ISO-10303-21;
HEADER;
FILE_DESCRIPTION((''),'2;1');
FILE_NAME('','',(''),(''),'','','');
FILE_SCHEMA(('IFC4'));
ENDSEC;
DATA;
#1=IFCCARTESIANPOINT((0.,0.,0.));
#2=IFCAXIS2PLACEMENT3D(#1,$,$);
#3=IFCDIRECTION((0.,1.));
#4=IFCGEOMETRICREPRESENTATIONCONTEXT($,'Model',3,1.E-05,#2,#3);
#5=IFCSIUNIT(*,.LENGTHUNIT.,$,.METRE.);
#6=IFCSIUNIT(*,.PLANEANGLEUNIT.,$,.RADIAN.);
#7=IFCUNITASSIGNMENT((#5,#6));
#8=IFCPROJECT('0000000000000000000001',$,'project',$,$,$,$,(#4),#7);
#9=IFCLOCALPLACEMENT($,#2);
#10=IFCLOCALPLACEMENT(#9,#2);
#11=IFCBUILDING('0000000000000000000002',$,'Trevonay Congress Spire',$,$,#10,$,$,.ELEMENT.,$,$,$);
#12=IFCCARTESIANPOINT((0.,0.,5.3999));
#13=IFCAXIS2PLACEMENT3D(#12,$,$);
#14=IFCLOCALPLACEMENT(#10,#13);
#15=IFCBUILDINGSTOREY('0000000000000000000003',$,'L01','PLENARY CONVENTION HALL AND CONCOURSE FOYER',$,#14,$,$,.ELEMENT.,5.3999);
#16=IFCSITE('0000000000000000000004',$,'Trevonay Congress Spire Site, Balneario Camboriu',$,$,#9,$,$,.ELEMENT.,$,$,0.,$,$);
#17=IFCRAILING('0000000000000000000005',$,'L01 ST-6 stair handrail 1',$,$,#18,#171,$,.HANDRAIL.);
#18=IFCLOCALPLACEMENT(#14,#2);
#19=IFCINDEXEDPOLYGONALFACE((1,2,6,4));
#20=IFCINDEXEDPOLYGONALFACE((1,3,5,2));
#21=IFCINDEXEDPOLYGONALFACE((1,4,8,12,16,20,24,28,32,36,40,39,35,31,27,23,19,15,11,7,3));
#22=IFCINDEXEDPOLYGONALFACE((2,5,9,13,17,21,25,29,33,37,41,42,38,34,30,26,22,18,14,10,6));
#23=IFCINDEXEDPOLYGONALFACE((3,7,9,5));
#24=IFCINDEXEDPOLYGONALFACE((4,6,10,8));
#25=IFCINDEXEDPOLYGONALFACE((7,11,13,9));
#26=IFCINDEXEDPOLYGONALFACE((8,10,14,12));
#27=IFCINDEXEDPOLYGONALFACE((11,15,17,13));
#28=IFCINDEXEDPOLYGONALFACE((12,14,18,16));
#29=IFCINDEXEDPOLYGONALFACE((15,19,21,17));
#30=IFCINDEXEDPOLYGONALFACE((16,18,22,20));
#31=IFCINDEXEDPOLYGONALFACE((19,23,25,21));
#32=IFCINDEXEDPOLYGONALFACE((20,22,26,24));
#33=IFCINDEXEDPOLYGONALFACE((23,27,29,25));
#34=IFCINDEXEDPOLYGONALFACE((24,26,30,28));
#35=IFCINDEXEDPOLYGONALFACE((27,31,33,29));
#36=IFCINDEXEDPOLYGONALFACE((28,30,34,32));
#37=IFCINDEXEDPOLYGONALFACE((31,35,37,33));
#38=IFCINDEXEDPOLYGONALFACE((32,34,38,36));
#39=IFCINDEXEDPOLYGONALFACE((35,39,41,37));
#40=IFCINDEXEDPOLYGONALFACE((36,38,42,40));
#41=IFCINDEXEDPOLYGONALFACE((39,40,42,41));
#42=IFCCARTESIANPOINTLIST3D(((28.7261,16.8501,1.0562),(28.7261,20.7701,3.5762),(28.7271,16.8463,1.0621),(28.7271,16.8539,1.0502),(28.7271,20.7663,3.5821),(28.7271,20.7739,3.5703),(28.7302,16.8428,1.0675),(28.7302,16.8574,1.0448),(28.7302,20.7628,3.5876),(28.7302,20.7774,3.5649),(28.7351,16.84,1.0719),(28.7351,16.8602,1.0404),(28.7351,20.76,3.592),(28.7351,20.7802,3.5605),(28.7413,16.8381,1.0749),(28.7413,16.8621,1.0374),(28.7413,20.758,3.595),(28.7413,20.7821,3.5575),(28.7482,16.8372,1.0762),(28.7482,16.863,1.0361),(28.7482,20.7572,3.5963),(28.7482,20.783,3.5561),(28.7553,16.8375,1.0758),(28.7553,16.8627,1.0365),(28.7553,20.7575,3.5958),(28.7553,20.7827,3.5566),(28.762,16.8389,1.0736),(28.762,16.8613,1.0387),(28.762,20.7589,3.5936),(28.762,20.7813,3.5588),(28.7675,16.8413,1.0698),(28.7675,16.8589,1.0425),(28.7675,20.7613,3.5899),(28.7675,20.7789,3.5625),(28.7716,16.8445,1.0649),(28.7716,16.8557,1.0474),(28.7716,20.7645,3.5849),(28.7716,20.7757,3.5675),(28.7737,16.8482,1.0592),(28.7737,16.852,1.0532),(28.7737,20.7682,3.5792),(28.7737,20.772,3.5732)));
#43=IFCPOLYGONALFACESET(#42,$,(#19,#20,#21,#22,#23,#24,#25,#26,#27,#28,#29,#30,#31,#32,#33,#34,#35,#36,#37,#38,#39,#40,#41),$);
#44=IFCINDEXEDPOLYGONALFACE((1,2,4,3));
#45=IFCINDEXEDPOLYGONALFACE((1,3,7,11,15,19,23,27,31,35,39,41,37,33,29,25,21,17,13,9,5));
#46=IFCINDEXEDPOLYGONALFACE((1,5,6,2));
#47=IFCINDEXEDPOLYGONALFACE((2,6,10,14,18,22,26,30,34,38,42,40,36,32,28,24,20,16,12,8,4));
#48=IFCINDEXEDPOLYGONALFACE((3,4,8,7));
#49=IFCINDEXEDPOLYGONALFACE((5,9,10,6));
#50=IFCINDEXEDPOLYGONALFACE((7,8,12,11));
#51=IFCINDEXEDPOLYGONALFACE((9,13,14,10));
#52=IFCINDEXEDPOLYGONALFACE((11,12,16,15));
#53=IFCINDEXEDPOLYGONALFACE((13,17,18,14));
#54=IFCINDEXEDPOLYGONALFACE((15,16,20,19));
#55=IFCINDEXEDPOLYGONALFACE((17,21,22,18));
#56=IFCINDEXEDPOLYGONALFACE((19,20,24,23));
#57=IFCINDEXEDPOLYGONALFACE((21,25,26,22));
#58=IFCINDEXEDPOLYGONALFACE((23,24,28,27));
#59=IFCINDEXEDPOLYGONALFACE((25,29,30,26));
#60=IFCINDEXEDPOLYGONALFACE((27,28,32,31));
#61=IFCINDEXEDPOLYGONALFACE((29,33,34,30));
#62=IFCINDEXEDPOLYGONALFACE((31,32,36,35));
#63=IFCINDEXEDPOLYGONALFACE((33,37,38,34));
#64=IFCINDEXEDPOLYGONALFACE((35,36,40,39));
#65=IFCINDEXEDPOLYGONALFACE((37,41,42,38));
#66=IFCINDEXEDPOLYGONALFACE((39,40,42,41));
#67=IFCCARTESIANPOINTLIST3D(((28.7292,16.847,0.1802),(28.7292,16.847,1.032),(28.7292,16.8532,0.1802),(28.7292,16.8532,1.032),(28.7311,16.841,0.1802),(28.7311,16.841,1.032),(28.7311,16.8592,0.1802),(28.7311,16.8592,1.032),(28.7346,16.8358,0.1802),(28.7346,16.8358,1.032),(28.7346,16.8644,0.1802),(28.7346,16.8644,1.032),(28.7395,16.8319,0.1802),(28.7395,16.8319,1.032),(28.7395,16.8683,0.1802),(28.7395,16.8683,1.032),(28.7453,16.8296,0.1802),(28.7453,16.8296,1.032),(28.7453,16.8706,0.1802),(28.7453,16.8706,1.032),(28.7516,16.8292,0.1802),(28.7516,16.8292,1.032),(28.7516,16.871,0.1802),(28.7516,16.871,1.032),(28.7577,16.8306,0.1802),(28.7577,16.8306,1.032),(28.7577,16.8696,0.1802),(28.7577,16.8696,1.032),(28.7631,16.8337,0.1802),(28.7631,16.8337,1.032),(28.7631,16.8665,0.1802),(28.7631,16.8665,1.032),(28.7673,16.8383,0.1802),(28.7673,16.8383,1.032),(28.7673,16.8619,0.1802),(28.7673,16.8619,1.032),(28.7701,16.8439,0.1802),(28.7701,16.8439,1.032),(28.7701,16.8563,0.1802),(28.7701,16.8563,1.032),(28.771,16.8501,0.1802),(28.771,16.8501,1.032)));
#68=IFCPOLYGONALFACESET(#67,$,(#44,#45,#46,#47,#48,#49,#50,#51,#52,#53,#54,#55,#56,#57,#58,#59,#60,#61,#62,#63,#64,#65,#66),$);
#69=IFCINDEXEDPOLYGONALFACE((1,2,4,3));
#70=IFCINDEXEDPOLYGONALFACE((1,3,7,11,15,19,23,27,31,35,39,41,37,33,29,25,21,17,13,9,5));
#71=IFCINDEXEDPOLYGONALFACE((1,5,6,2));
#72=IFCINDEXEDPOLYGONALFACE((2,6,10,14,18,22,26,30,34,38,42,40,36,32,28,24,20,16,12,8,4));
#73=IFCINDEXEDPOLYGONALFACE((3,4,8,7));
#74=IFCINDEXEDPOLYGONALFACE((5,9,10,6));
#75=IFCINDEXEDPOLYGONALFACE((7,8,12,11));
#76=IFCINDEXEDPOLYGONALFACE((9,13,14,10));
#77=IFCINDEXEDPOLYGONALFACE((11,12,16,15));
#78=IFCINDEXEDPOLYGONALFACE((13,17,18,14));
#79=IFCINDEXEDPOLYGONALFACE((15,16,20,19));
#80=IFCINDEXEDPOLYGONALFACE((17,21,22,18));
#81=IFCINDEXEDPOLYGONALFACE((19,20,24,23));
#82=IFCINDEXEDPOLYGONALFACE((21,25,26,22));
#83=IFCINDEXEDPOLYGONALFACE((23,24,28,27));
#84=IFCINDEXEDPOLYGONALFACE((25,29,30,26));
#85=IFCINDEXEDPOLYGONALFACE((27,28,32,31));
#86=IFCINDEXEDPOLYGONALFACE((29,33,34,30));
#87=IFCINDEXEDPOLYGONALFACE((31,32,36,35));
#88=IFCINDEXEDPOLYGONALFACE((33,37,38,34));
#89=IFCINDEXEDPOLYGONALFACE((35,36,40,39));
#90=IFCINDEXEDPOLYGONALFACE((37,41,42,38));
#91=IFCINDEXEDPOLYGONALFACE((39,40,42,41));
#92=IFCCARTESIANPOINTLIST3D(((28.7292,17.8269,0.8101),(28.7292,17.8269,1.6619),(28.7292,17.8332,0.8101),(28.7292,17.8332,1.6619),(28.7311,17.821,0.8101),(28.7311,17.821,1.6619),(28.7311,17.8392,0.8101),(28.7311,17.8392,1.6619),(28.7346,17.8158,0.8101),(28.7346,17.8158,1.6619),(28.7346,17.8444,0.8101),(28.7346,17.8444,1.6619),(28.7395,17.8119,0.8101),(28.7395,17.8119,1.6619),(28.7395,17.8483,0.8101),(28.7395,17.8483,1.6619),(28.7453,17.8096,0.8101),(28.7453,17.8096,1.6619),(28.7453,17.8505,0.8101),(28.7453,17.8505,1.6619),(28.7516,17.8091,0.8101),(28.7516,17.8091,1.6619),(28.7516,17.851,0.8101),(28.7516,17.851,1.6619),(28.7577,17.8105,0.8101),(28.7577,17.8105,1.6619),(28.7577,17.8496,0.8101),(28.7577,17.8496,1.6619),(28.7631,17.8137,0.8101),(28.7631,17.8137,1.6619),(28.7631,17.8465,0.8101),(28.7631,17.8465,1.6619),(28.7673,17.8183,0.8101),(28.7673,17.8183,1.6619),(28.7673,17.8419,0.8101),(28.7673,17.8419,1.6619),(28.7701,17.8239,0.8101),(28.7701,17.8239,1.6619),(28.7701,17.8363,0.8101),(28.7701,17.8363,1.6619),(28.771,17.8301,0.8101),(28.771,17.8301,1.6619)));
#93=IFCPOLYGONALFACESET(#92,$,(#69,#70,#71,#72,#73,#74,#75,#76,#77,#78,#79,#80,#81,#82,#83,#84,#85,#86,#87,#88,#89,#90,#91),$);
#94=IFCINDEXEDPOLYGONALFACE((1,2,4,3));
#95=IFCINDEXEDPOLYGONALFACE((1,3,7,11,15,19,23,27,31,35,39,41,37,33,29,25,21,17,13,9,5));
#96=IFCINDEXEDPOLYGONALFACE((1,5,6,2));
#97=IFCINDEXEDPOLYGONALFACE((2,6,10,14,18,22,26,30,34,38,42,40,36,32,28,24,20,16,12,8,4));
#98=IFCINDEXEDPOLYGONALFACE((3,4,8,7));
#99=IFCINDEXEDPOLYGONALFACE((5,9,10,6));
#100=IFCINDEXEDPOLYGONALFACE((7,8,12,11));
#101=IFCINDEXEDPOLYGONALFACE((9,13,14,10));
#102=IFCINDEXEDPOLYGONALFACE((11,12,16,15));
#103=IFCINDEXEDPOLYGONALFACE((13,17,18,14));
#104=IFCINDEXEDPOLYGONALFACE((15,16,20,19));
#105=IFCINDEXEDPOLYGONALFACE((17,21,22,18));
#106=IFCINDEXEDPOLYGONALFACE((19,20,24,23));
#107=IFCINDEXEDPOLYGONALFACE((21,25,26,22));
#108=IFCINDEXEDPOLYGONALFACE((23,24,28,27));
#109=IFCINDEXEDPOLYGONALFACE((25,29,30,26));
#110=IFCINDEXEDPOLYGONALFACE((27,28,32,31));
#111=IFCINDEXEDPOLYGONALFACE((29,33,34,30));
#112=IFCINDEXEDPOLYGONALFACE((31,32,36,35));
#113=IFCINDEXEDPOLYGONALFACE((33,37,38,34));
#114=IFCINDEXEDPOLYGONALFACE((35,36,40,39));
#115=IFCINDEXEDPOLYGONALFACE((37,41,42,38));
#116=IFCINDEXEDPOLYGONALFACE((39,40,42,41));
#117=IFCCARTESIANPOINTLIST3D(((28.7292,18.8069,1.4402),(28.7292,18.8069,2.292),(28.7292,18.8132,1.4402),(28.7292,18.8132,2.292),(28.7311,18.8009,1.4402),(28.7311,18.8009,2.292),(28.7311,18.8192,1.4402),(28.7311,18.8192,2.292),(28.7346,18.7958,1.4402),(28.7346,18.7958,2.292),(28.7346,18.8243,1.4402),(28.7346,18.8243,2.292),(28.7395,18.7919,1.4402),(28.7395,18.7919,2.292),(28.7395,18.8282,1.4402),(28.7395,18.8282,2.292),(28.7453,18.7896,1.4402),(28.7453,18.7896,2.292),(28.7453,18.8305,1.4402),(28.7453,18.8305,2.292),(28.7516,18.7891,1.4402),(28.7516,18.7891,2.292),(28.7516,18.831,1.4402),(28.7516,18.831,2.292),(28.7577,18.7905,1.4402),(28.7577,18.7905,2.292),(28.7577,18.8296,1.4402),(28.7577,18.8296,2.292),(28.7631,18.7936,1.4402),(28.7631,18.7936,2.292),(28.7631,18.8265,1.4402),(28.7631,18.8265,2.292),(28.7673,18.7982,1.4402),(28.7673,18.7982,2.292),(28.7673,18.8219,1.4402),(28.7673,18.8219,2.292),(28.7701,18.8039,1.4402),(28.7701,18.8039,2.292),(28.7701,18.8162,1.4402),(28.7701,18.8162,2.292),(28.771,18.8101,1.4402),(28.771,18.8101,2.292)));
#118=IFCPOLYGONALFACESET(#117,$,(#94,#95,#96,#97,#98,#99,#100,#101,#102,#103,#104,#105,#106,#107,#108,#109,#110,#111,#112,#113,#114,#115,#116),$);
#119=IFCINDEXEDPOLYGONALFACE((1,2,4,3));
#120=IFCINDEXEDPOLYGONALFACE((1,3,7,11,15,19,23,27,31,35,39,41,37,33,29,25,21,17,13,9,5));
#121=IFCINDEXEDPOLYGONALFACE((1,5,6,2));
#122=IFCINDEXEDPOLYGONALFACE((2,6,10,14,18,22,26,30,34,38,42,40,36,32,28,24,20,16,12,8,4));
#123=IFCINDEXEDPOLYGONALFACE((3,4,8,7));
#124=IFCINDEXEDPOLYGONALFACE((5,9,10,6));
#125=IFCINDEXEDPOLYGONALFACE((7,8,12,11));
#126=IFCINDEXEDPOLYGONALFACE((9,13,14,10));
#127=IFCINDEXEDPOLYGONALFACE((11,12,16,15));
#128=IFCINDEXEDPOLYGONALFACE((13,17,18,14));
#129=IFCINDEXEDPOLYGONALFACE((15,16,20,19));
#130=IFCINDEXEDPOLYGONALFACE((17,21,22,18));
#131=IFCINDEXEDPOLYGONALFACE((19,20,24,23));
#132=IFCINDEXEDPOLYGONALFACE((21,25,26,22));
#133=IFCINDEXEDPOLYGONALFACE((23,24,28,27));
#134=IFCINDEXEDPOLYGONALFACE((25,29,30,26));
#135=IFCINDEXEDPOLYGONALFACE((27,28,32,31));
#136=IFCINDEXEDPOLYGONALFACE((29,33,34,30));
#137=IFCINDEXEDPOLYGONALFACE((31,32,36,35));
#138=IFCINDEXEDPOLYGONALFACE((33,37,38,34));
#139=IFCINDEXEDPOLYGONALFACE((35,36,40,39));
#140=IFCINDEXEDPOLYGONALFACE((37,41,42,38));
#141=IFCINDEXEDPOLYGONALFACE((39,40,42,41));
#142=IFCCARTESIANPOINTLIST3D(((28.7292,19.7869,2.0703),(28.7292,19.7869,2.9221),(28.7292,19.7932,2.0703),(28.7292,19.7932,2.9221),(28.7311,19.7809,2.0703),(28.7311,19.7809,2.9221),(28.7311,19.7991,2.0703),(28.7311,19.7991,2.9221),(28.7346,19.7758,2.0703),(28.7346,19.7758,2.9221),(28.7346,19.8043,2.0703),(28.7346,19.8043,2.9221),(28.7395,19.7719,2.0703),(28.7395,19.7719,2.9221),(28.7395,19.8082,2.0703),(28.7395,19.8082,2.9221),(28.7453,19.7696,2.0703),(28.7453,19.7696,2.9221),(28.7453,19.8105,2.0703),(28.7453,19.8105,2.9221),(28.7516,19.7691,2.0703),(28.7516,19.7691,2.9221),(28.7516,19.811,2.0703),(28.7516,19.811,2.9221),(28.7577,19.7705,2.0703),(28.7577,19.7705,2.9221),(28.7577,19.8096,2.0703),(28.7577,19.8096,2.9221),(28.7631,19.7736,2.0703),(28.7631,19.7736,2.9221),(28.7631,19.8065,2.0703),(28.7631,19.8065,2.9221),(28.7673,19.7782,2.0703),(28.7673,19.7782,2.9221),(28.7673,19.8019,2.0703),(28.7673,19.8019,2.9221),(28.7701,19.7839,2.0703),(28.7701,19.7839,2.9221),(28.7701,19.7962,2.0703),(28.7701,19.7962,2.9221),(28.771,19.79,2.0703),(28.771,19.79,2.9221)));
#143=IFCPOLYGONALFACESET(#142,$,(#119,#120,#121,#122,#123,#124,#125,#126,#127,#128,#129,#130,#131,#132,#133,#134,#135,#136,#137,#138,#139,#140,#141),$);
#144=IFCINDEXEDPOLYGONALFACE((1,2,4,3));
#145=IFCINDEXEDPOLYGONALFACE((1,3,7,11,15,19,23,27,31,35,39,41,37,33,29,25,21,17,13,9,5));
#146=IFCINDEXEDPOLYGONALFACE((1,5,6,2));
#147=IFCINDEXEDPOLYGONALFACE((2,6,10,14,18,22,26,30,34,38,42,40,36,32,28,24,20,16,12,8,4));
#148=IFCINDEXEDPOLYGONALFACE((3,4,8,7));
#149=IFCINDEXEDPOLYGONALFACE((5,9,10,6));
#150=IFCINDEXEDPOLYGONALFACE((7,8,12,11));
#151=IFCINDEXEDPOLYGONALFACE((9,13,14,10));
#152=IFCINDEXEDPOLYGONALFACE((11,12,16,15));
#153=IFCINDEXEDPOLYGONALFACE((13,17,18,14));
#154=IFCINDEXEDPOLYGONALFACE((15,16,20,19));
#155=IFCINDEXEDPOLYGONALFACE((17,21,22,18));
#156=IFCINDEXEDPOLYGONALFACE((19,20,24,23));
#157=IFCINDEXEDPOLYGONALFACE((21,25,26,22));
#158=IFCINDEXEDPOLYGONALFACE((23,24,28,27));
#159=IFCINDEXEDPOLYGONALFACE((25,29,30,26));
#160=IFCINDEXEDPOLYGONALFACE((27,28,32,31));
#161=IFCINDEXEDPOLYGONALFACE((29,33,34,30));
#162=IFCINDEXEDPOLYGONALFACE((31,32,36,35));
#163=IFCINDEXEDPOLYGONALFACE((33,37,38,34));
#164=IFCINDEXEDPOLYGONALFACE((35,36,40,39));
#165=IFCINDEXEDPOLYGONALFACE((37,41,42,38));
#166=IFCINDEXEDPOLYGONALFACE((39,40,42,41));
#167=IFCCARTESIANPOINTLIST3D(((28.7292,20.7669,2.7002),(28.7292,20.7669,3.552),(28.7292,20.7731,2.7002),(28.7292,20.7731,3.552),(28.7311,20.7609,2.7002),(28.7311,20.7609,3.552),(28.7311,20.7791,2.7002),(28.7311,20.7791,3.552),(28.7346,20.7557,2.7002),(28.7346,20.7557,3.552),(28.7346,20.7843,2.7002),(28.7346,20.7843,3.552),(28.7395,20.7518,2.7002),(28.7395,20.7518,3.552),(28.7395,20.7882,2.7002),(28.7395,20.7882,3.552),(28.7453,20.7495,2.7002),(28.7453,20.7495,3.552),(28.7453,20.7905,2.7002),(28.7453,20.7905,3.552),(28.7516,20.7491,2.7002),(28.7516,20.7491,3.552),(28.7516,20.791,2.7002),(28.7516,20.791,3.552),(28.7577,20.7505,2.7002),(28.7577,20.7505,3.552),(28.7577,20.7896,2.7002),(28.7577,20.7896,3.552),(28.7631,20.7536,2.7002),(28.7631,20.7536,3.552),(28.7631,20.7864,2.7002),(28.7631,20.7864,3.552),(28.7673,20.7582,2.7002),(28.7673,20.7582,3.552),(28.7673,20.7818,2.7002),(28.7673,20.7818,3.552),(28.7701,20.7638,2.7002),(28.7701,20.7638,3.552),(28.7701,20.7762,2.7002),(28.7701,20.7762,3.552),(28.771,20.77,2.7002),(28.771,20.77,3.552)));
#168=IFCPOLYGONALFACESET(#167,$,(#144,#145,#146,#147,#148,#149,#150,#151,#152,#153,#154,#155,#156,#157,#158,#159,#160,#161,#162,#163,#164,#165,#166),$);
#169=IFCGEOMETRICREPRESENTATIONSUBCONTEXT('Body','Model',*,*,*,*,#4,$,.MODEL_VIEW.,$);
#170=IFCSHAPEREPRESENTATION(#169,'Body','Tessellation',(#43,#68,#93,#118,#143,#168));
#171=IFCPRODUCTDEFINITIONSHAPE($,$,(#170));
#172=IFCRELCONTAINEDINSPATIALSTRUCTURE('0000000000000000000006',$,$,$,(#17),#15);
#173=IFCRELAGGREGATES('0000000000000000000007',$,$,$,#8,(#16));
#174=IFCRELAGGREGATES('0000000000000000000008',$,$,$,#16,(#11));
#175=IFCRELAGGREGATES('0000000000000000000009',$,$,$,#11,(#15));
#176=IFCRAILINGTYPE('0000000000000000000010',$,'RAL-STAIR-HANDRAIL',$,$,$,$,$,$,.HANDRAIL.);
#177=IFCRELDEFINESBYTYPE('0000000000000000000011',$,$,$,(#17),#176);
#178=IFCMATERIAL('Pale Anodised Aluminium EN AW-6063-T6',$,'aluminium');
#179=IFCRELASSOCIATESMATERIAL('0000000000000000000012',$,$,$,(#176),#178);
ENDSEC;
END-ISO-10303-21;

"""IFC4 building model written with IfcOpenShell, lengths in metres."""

from ifc_helpers import new_model, si_unit, direction, frame, origin, origin_2d, place, context, subcontext, project, spatial, circle, extrude, material, type_object, element, save


model = new_model("IFC4")

# Units and contexts
model_context = context("Model", 3, precision=1e-05, world=origin(), true_north=direction((0.0, 1.0)))
body_context = subcontext(model_context, "Body", "Model", "MODEL_VIEW")
ifc_project = project(units=[si_unit("LENGTHUNIT", "METRE"), si_unit("PLANEANGLEUNIT", "RADIAN")], contexts=[model_context])

# Site, building, storey
site_placement = place(None, origin())
site = spatial("IfcSite", under=ifc_project, at=site_placement, Name="Trevonay Congress Spire Site, Balneario Camboriu", CompositionType="ELEMENT", RefElevation=0.0)
building_placement = place(site_placement, origin())
building = spatial("IfcBuilding", under=site, at=building_placement, Name="Trevonay Congress Spire", CompositionType="ELEMENT")
storey_placement = place(building_placement, frame((0.0, 0.0, 5.3999)))
storey = spatial("IfcBuildingStorey", under=building, at=storey_placement, Name="L01", Description="PLENARY CONVENTION HALL AND CONCOURSE FOYER", CompositionType="ELEMENT", Elevation=5.3999)

# Shared definitions
ifc_material_1 = material(Name="Pale Anodised Aluminium EN AW-6063-T6", Category="aluminium")

# Railing
railing_type_1 = type_object("IfcRailingType", Name="RAL-STAIR-HANDRAIL", PredefinedType="HANDRAIL", material=ifc_material_1)
railing_1_placement = place(storey_placement, frame((28.75, 16.8501, 0.1802)))
element("IfcRailing", 1, at=railing_1_placement, inside=storey, type_object=railing_type_1, Name="L01 ST-6 stair handrail 1", PredefinedType="HANDRAIL", context=body_context, shape_type="SweptSolid", body=[
    extrude(circle(Radius=0.0239, at=origin_2d()), frame((0.0, 0.0, 0.876), z_axis=(0.0, 0.841172, 0.540768), x_axis=(-1.0, 0.0, 0.0)), (0.0, 0.0, 1.0), 4.6602),
    extrude(circle(Radius=0.021, at=origin_2d()), origin(), (0.0, 0.0, 1.0), 0.8518),
    extrude(circle(Radius=0.021, at=origin_2d()), frame((0.0, 0.98, 0.6299)), (0.0, 0.0, 1.0), 0.8518),
    extrude(circle(Radius=0.021, at=origin_2d()), frame((0.0, 1.96, 1.26)), (0.0, 0.0, 1.0), 0.8518),
    extrude(circle(Radius=0.021, at=origin_2d()), frame((0.0, 2.9399, 1.8901)), (0.0, 0.0, 1.0), 0.8518),
    extrude(circle(Radius=0.021, at=origin_2d()), frame((0.0, 3.9199, 2.52)), (0.0, 0.0, 1.0), 0.8518),
])

save(model, "model.ifc")
